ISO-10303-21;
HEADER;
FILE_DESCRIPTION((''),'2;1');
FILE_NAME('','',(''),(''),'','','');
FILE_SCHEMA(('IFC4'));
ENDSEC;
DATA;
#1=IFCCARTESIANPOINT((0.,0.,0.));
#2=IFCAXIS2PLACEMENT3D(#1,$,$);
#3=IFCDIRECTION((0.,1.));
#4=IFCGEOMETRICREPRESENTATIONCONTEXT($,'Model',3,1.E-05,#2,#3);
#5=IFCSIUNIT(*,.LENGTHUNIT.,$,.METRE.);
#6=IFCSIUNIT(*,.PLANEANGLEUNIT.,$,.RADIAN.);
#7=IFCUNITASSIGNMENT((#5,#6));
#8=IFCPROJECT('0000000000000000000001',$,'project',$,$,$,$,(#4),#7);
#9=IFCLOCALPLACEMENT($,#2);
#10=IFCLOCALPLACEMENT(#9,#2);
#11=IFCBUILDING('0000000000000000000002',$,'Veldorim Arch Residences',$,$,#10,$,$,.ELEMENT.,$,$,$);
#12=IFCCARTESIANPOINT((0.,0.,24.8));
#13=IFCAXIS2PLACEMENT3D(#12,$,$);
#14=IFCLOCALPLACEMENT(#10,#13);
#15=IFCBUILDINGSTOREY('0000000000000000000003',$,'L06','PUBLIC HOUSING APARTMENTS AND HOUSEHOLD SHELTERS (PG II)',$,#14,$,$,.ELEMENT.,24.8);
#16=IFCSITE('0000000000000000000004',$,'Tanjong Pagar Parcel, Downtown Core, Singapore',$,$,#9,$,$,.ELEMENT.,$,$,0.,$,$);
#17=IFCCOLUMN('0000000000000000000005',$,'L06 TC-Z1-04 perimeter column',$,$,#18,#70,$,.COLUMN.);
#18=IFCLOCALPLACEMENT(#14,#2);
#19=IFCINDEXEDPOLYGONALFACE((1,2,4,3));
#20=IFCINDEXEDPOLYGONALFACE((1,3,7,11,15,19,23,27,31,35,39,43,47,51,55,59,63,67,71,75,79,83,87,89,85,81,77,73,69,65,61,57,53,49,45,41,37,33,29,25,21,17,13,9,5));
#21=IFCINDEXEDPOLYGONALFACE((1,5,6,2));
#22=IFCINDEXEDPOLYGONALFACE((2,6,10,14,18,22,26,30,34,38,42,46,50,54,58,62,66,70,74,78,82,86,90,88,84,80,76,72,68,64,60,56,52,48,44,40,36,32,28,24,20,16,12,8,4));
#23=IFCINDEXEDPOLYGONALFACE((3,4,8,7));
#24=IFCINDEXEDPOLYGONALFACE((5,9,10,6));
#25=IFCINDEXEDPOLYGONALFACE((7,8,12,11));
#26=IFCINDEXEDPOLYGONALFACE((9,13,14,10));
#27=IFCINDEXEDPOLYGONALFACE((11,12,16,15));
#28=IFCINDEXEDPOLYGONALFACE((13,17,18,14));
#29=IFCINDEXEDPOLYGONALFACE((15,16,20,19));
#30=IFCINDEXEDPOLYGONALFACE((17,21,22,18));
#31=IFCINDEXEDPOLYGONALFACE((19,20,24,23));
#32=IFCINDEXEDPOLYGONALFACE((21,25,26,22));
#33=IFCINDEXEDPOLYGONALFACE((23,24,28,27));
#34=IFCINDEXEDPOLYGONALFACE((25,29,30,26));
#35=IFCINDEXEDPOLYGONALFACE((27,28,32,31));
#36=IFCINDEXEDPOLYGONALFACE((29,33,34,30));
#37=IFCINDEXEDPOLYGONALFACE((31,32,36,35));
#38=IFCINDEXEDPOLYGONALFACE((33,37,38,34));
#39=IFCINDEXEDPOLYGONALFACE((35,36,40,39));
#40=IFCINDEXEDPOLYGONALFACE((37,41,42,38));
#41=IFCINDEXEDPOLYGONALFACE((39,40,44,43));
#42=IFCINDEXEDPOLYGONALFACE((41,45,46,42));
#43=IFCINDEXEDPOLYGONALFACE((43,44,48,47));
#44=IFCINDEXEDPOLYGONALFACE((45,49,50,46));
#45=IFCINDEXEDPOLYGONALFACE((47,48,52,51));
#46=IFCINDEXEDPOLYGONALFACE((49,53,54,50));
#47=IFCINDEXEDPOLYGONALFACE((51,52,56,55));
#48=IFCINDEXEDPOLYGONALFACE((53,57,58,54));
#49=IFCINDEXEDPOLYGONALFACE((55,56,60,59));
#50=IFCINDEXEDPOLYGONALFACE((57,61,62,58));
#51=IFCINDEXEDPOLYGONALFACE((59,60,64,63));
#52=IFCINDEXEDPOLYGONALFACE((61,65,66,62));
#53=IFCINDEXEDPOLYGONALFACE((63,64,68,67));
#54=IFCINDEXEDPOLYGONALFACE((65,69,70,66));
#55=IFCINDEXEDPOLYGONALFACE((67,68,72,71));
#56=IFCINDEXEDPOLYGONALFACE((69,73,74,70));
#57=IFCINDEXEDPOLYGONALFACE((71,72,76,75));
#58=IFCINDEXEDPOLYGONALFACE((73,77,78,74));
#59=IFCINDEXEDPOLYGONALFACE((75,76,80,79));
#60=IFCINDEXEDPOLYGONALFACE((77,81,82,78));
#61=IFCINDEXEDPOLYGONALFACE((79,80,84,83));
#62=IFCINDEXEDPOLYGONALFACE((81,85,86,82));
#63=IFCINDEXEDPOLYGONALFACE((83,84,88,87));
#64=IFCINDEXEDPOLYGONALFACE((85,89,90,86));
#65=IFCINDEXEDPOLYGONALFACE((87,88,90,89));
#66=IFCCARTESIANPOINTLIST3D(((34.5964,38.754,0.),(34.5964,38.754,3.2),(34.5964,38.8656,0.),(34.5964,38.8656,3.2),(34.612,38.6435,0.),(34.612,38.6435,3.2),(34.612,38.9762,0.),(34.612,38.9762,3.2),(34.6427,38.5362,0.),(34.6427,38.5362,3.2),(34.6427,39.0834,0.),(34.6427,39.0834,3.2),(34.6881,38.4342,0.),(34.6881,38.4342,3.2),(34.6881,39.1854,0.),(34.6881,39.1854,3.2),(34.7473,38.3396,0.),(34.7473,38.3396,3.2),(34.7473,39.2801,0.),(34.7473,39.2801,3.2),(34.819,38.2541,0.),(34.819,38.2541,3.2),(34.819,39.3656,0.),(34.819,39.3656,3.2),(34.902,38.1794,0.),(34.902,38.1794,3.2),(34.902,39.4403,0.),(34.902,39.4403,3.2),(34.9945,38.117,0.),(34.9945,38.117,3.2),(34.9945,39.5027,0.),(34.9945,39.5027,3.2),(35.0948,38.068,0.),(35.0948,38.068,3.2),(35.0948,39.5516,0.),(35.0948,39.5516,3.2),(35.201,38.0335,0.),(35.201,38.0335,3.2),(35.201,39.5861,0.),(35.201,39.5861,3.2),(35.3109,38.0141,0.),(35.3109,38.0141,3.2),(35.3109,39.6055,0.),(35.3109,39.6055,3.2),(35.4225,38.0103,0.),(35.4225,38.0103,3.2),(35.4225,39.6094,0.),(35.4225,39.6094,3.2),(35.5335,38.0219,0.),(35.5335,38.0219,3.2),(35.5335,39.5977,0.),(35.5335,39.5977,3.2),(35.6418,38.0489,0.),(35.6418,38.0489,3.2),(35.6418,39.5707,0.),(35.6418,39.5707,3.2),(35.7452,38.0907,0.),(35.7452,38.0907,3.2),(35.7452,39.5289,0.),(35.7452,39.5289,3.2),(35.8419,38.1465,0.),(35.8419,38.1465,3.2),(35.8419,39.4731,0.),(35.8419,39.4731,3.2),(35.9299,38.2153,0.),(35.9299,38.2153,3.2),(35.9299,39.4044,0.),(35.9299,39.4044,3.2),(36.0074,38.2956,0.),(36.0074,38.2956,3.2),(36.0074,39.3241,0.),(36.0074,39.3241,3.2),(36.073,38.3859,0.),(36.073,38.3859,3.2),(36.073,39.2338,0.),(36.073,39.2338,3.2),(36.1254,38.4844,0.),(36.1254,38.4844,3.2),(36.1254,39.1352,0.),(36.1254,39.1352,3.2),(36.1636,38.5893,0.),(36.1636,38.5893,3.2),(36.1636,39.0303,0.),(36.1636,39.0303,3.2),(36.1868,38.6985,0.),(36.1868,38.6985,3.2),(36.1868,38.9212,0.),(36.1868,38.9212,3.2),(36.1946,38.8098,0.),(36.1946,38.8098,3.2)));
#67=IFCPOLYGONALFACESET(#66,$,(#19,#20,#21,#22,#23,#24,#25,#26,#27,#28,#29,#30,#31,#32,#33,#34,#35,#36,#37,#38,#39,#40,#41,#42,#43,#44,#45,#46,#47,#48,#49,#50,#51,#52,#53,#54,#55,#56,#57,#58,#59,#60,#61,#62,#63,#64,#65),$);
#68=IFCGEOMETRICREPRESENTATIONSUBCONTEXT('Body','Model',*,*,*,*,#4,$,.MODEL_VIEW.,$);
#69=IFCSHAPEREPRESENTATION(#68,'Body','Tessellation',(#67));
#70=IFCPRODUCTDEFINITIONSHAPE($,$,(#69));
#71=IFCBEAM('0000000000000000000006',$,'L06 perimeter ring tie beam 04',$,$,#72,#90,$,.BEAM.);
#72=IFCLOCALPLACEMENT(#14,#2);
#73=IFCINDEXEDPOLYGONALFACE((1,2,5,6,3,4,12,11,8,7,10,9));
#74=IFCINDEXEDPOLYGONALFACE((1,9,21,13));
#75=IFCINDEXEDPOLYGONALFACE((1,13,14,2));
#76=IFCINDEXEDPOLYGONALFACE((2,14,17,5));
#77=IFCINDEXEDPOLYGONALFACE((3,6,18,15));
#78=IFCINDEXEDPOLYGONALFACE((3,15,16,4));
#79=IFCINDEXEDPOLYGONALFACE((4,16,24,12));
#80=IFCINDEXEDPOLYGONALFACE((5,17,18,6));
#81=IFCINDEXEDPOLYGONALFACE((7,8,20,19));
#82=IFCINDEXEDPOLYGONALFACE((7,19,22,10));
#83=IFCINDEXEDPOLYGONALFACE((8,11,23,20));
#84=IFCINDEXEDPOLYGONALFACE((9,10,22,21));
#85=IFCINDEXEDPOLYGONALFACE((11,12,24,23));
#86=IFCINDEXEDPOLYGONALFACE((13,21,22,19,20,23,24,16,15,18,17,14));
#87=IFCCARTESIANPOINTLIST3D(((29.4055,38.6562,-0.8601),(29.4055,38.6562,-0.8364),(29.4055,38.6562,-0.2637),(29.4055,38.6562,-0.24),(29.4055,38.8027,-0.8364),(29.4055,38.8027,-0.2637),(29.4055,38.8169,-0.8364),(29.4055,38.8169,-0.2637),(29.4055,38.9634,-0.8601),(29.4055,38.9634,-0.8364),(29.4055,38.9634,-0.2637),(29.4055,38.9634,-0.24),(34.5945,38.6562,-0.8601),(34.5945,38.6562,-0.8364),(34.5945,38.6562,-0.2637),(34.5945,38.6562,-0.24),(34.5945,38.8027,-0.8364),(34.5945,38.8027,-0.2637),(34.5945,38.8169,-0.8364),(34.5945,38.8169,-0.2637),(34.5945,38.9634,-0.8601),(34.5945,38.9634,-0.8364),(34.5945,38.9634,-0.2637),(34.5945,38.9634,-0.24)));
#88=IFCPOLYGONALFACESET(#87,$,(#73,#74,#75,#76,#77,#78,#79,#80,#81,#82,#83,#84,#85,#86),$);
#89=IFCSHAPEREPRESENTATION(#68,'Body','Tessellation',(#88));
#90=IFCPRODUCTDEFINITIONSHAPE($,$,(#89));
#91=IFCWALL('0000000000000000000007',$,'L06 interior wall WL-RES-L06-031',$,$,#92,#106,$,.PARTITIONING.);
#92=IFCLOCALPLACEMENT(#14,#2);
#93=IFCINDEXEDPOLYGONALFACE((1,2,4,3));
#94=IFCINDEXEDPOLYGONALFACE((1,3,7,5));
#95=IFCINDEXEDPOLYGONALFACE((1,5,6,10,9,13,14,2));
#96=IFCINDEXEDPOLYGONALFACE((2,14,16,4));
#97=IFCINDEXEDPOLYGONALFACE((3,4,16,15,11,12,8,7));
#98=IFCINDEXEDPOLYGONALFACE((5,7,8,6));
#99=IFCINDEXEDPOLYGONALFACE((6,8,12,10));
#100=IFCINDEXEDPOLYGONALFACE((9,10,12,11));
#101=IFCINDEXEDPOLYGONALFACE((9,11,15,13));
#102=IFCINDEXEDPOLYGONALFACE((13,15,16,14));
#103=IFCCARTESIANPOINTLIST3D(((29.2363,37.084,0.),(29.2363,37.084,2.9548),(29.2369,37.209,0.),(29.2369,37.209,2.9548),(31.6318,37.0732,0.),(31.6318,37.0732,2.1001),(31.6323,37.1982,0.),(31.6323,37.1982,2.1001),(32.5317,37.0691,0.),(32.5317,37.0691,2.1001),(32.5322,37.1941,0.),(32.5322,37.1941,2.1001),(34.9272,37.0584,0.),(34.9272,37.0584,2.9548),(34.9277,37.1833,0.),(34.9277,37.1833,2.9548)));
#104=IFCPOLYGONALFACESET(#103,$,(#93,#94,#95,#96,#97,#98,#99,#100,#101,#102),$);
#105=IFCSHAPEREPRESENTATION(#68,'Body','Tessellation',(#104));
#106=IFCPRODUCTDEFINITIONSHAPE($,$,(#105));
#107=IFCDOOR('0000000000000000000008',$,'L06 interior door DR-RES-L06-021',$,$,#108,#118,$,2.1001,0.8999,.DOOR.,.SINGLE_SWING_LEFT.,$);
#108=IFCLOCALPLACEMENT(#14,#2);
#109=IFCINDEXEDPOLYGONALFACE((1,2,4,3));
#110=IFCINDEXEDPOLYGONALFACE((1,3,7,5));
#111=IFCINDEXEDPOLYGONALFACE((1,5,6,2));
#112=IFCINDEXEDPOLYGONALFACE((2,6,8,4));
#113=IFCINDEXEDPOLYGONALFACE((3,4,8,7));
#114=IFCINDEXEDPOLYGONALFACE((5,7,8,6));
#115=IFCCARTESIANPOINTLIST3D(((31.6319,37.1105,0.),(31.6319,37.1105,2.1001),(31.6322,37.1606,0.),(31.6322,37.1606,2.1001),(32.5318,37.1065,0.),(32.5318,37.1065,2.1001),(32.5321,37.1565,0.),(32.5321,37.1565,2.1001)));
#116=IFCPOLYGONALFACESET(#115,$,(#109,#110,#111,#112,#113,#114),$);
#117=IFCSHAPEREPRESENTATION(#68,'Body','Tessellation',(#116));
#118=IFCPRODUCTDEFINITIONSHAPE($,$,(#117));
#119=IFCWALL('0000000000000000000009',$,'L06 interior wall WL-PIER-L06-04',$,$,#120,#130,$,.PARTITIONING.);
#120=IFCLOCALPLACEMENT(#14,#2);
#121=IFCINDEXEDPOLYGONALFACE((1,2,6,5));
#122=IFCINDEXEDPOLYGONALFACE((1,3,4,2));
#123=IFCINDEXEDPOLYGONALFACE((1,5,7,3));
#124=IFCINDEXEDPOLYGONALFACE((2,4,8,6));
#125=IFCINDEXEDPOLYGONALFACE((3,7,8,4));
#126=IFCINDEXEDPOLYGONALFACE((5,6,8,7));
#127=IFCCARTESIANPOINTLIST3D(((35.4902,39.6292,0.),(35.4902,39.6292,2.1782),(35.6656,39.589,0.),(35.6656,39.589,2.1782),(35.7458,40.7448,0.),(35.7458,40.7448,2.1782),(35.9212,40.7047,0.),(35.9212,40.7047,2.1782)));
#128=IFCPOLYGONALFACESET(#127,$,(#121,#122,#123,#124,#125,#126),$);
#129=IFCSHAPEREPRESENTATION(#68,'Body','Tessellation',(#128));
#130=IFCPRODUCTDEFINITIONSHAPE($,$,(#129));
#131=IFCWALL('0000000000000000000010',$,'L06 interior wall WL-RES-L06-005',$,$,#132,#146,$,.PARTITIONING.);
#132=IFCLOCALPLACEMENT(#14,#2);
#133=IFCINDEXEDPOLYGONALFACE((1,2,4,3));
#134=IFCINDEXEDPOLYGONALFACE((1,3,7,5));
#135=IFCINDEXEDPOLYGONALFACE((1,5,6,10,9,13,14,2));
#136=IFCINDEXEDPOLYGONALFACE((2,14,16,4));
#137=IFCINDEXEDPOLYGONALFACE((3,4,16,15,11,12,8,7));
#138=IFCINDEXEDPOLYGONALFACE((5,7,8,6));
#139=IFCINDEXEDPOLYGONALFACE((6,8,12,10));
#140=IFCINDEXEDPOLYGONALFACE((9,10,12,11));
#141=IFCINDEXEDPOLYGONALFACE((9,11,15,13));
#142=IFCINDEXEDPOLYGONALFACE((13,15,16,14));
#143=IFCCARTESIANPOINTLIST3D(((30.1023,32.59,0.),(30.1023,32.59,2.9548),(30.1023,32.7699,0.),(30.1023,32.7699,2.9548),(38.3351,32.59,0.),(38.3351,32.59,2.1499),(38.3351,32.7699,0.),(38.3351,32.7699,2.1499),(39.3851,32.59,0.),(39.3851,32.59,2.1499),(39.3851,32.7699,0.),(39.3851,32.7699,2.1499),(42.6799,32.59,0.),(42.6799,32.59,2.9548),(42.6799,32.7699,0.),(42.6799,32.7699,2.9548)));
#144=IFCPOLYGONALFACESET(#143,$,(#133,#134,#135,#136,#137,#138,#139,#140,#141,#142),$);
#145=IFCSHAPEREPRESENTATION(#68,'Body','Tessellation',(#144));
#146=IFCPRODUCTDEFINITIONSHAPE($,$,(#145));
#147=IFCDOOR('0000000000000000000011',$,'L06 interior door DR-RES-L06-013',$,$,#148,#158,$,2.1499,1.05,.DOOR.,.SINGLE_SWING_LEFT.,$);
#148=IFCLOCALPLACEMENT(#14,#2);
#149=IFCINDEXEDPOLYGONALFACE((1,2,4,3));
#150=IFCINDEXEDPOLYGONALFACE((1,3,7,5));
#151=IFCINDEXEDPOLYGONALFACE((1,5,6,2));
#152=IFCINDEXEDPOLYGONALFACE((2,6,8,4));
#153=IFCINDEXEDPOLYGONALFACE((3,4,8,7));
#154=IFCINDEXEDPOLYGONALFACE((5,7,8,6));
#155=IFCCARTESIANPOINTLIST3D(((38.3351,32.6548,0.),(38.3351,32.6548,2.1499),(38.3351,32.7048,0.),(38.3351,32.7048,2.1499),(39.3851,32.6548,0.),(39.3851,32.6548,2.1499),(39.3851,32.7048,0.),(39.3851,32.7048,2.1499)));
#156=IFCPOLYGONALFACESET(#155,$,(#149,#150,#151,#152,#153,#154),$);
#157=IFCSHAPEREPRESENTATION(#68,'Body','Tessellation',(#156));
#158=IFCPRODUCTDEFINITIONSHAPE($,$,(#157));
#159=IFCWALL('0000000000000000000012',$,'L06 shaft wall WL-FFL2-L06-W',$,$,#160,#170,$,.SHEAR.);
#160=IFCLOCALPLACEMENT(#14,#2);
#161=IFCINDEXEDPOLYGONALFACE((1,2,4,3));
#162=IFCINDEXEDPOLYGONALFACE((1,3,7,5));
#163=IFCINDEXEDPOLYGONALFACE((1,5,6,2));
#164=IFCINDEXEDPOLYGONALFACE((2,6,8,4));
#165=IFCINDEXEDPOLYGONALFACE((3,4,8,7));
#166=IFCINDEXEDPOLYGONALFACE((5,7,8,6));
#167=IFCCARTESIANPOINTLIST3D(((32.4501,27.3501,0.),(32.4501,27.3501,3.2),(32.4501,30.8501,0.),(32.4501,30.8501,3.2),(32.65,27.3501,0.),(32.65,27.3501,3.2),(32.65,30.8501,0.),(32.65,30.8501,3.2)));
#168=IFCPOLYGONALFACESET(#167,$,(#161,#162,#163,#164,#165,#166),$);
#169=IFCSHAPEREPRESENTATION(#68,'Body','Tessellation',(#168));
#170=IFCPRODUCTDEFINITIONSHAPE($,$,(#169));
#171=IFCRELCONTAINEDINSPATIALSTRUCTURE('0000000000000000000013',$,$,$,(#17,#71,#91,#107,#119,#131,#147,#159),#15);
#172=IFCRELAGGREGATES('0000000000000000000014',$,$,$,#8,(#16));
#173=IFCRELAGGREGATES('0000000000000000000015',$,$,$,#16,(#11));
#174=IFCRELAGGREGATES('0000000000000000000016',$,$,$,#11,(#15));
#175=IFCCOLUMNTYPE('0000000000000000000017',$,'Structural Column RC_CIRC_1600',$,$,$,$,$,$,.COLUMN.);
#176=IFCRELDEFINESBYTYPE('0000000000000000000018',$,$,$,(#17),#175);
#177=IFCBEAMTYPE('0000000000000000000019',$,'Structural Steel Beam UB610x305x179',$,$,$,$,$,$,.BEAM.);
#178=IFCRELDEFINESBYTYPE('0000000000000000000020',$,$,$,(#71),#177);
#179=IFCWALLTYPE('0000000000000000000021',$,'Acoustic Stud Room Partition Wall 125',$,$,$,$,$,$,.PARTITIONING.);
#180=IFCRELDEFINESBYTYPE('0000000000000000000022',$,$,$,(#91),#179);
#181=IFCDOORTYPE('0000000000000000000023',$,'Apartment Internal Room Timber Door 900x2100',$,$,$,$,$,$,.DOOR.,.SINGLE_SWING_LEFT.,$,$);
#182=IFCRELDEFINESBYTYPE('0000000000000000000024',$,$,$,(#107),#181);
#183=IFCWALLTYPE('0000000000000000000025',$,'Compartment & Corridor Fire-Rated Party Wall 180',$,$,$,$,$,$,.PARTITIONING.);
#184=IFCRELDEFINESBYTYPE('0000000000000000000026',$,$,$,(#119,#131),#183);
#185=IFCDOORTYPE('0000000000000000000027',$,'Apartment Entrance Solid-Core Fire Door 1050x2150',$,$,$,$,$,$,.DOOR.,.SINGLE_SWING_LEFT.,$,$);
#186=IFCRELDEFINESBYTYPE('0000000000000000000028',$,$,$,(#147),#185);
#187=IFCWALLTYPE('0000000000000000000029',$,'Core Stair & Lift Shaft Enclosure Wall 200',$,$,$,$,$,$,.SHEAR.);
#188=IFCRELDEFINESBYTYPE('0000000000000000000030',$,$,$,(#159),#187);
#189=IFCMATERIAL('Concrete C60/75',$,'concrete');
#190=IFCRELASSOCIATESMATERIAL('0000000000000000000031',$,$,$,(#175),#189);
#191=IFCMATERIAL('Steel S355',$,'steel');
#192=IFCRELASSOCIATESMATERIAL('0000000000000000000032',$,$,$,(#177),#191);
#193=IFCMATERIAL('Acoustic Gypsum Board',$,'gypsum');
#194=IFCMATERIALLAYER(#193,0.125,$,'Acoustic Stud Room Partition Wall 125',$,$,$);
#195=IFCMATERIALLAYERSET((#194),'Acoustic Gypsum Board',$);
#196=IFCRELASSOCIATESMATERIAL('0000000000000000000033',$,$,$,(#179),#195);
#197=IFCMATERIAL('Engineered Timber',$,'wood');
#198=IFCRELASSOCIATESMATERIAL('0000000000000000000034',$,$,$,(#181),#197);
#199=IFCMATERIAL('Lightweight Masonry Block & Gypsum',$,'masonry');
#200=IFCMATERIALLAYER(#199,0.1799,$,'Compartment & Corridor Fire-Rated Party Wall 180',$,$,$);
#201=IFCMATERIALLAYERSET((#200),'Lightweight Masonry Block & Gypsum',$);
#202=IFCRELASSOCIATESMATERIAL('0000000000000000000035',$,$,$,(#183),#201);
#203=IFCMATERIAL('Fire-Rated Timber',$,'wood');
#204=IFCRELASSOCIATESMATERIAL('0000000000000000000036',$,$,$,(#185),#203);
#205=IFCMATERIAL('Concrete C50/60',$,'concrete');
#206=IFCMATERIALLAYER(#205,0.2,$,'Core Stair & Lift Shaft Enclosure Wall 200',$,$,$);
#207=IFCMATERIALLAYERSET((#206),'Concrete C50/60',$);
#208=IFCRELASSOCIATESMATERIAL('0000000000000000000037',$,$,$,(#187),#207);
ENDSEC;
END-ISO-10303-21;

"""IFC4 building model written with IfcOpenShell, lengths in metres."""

from ifc_helpers import new_model, si_unit, direction, frame, frame_2d, origin, origin_2d, place, context, subcontext, project, spatial, rectangle, circle, i_section, extrude, material, layer, layer_set, material_profile, profile_set, type_object, element, fill, save


model = new_model("IFC4")

# Units and contexts
model_context = context("Model", 3, precision=1e-05, world=origin(), true_north=direction((0.0, 1.0)))
body_context = subcontext(model_context, "Body", "Model", "MODEL_VIEW")
ifc_project = project(units=[si_unit("LENGTHUNIT", "METRE"), si_unit("PLANEANGLEUNIT", "RADIAN")], contexts=[model_context])

# Site, building, storey
site_placement = place(None, origin())
site = spatial("IfcSite", under=ifc_project, at=site_placement, Name="Tanjong Pagar Parcel, Downtown Core, Singapore", CompositionType="ELEMENT", RefElevation=0.0)
building_placement = place(site_placement, origin())
building = spatial("IfcBuilding", under=site, at=building_placement, Name="Veldorim Arch Residences", CompositionType="ELEMENT")
storey_placement = place(building_placement, frame((0.0, 0.0, 24.8)))
storey = spatial("IfcBuildingStorey", under=building, at=storey_placement, Name="L06", Description="PUBLIC HOUSING APARTMENTS AND HOUSEHOLD SHELTERS (PG II)", CompositionType="ELEMENT", Elevation=24.8)

# Column
ifc_material_1 = material(Name="Concrete C60/75", Category="concrete")
ifc_material_profile_1 = material_profile(ifc_material_1, circle(Radius=0.8, at=origin_2d()), Name="RC_CIRC_1600")
ifc_profile_set_1 = profile_set([ifc_material_profile_1], Name="Concrete C60/75")
column_type = type_object("IfcColumnType", Name="Structural Column RC_CIRC_1600", PredefinedType="COLUMN", material=ifc_profile_set_1)
column_placement = place(storey_placement, frame((35.3945, 38.8098, 0.0), z_axis=(0.0, 0.0, 1.0), x_axis=(1.0, 0.0, 0.0)))
element("IfcColumn", 1, at=column_placement, inside=storey, type_object=column_type, Name="L06 TC-Z1-04 perimeter column", PredefinedType="COLUMN", context=body_context, shape_type="SweptSolid", body=[
    extrude(circle(Radius=0.8, at=origin_2d()), origin(), (0.0, 0.0, 1.0), 3.2),
])

# Beam
ifc_material_2 = material(Name="Steel S355", Category="steel")
ifc_material_profile_2 = material_profile(ifc_material_2, i_section(OverallWidth=0.3071, OverallDepth=0.6201, WebThickness=0.0142, FlangeThickness=0.0237, at=origin_2d()), Name="UB610x305x179")
ifc_profile_set_2 = profile_set([ifc_material_profile_2], Name="Steel S355")
beam_type = type_object("IfcBeamType", Name="Structural Steel Beam UB610x305x179", PredefinedType="BEAM", material=ifc_profile_set_2)
beam_placement = place(storey_placement, frame((34.5945, 38.8098, -0.55), z_axis=(-1.0, 0.0, 0.0), x_axis=(0.0, -1.0, 0.0)))
element("IfcBeam", 2, at=beam_placement, inside=storey, type_object=beam_type, Name="L06 perimeter ring tie beam 04", PredefinedType="BEAM", context=body_context, shape_type="SweptSolid", body=[
    extrude(i_section(OverallWidth=0.3071, OverallDepth=0.6201, WebThickness=0.0142, FlangeThickness=0.0237, at=origin_2d()), origin(), (0.0, 0.0, 1.0), 5.189),
])

# Wall, opening, door
ifc_material_3 = material(Name="Acoustic Gypsum Board", Category="gypsum")
ifc_layer_1 = layer(ifc_material_3, 0.125, Name="Acoustic Stud Room Partition Wall 125")
ifc_layer_set_1 = layer_set([ifc_layer_1], Name="Acoustic Gypsum Board")
wall_type_1 = type_object("IfcWallType", Name="Acoustic Stud Room Partition Wall 125", PredefinedType="PARTITIONING", material=ifc_layer_set_1)
wall_1_placement = place(storey_placement, frame((29.2366, 37.1465, 0.0), z_axis=(0.0, 0.0, 1.0), x_axis=(0.99999, -0.004504, 0.0)))
wall_1 = element("IfcWall", 3, at=wall_1_placement, inside=storey, type_object=wall_type_1, Name="L06 interior wall WL-RES-L06-031", PredefinedType="PARTITIONING", context=body_context, shape_type="SweptSolid", body=[
    extrude(rectangle(XDim=5.6909, YDim=0.125, at=frame_2d((2.8455, 0.0))), origin(), (0.0, 0.0, 1.0), 2.9548),
])
opening_1_placement = place(wall_1_placement, frame((2.3955, 0.0, 0.0)))
opening_1 = element("IfcOpeningElement", 4, at=opening_1_placement, cuts=wall_1, PredefinedType="OPENING", context=body_context, shape_type="SweptSolid", body=[
    extrude(rectangle(XDim=0.8999, YDim=2.1001, at=frame_2d((0.45, 1.05))), frame((0.0, 0.0725, 0.0), z_axis=(0.0, -1.0, 0.0), x_axis=(1.0, 0.0, 0.0)), (0.0, 0.0, 1.0), 0.145),
])
ifc_material_4 = material(Name="Engineered Timber", Category="wood")
door_type_1 = type_object("IfcDoorType", Name="Apartment Internal Room Timber Door 900x2100", OperationType="SINGLE_SWING_LEFT", PredefinedType="DOOR", material=ifc_material_4)
door_1_placement = place(opening_1_placement, origin())
door_1 = element("IfcDoor", 5, at=door_1_placement, inside=storey, type_object=door_type_1, Name="L06 interior door DR-RES-L06-021", OperationType="SINGLE_SWING_LEFT", OverallHeight=2.1001, OverallWidth=0.8999, PredefinedType="DOOR", context=body_context, shape_type="SweptSolid", body=[
    extrude(rectangle(XDim=0.8999, YDim=2.1001, at=frame_2d((0.45, 1.05))), frame((0.0, 0.0249, 0.0), z_axis=(0.0, -1.0, 0.0), x_axis=(1.0, 0.0, 0.0)), (0.0, 0.0, 1.0), 0.05),
])
fill(opening_1, door_1)

# Wall
ifc_material_5 = material(Name="Lightweight Masonry Block & Gypsum", Category="masonry")
ifc_layer_2 = layer(ifc_material_5, 0.1799, Name="Compartment & Corridor Fire-Rated Party Wall 180")
ifc_layer_set_2 = layer_set([ifc_layer_2], Name="Lightweight Masonry Block & Gypsum")
wall_type_2 = type_object("IfcWallType", Name="Compartment & Corridor Fire-Rated Party Wall 180", PredefinedType="PARTITIONING", material=ifc_layer_set_2)
wall_2_placement = place(storey_placement, frame((35.5779, 39.6091, 0.0), z_axis=(0.0, 0.0, 1.0), x_axis=(0.223317, 0.974746, 0.0)))
element("IfcWall", 6, at=wall_2_placement, inside=storey, type_object=wall_type_2, Name="L06 interior wall WL-PIER-L06-04", PredefinedType="PARTITIONING", context=body_context, shape_type="SweptSolid", body=[
    extrude(rectangle(XDim=1.1445, YDim=0.1799, at=frame_2d((0.5723, 0.0))), origin(), (0.0, 0.0, 1.0), 2.1782),
])

# Wall, opening, door
wall_3_placement = place(storey_placement, frame((30.1023, 32.6799, 0.0), z_axis=(0.0, 0.0, 1.0), x_axis=(1.0, 0.0, 0.0)))
wall_3 = element("IfcWall", 7, at=wall_3_placement, inside=storey, type_object=wall_type_2, Name="L06 interior wall WL-RES-L06-005", PredefinedType="PARTITIONING", context=body_context, shape_type="SweptSolid", body=[
    extrude(rectangle(XDim=12.5776, YDim=0.1799, at=frame_2d((6.2888, 0.0))), origin(), (0.0, 0.0, 1.0), 2.9548),
])
opening_2_placement = place(wall_3_placement, frame((8.2329, 0.0, 0.0)))
opening_2 = element("IfcOpeningElement", 8, at=opening_2_placement, cuts=wall_3, PredefinedType="OPENING", context=body_context, shape_type="SweptSolid", body=[
    extrude(rectangle(XDim=1.05, YDim=2.1499, at=frame_2d((0.5249, 1.075))), frame((0.0, 0.0999, 0.0), z_axis=(0.0, -1.0, 0.0), x_axis=(1.0, 0.0, 0.0)), (0.0, 0.0, 1.0), 0.2),
])
ifc_material_6 = material(Name="Fire-Rated Timber", Category="wood")
door_type_2 = type_object("IfcDoorType", Name="Apartment Entrance Solid-Core Fire Door 1050x2150", OperationType="SINGLE_SWING_LEFT", PredefinedType="DOOR", material=ifc_material_6)
door_2_placement = place(opening_2_placement, origin())
door_2 = element("IfcDoor", 9, at=door_2_placement, inside=storey, type_object=door_type_2, Name="L06 interior door DR-RES-L06-013", OperationType="SINGLE_SWING_LEFT", OverallHeight=2.1499, OverallWidth=1.05, PredefinedType="DOOR", context=body_context, shape_type="SweptSolid", body=[
    extrude(rectangle(XDim=1.05, YDim=2.1499, at=frame_2d((0.5249, 1.075))), frame((0.0, 0.0249, 0.0), z_axis=(0.0, -1.0, 0.0), x_axis=(1.0, 0.0, 0.0)), (0.0, 0.0, 1.0), 0.05),
])
fill(opening_2, door_2)
ifc_material_7 = material(Name="Concrete C50/60", Category="concrete")
ifc_layer_3 = layer(ifc_material_7, 0.2, Name="Core Stair & Lift Shaft Enclosure Wall 200")
ifc_layer_set_3 = layer_set([ifc_layer_3], Name="Concrete C50/60")
wall_type_3 = type_object("IfcWallType", Name="Core Stair & Lift Shaft Enclosure Wall 200", PredefinedType="SHEAR", material=ifc_layer_set_3)

# Wall
wall_4_placement = place(storey_placement, frame((32.55, 27.3501, 0.0), z_axis=(0.0, 0.0, 1.0), x_axis=(0.0, 1.0, 0.0)))
element("IfcWall", 10, at=wall_4_placement, inside=storey, type_object=wall_type_3, Name="L06 shaft wall WL-FFL2-L06-W", PredefinedType="SHEAR", context=body_context, shape_type="SweptSolid", body=[
    extrude(rectangle(XDim=3.5, YDim=0.2, at=frame_2d((1.75, 0.0))), origin(), (0.0, 0.0, 1.0), 3.2),
])

save(model, "model.ifc")
